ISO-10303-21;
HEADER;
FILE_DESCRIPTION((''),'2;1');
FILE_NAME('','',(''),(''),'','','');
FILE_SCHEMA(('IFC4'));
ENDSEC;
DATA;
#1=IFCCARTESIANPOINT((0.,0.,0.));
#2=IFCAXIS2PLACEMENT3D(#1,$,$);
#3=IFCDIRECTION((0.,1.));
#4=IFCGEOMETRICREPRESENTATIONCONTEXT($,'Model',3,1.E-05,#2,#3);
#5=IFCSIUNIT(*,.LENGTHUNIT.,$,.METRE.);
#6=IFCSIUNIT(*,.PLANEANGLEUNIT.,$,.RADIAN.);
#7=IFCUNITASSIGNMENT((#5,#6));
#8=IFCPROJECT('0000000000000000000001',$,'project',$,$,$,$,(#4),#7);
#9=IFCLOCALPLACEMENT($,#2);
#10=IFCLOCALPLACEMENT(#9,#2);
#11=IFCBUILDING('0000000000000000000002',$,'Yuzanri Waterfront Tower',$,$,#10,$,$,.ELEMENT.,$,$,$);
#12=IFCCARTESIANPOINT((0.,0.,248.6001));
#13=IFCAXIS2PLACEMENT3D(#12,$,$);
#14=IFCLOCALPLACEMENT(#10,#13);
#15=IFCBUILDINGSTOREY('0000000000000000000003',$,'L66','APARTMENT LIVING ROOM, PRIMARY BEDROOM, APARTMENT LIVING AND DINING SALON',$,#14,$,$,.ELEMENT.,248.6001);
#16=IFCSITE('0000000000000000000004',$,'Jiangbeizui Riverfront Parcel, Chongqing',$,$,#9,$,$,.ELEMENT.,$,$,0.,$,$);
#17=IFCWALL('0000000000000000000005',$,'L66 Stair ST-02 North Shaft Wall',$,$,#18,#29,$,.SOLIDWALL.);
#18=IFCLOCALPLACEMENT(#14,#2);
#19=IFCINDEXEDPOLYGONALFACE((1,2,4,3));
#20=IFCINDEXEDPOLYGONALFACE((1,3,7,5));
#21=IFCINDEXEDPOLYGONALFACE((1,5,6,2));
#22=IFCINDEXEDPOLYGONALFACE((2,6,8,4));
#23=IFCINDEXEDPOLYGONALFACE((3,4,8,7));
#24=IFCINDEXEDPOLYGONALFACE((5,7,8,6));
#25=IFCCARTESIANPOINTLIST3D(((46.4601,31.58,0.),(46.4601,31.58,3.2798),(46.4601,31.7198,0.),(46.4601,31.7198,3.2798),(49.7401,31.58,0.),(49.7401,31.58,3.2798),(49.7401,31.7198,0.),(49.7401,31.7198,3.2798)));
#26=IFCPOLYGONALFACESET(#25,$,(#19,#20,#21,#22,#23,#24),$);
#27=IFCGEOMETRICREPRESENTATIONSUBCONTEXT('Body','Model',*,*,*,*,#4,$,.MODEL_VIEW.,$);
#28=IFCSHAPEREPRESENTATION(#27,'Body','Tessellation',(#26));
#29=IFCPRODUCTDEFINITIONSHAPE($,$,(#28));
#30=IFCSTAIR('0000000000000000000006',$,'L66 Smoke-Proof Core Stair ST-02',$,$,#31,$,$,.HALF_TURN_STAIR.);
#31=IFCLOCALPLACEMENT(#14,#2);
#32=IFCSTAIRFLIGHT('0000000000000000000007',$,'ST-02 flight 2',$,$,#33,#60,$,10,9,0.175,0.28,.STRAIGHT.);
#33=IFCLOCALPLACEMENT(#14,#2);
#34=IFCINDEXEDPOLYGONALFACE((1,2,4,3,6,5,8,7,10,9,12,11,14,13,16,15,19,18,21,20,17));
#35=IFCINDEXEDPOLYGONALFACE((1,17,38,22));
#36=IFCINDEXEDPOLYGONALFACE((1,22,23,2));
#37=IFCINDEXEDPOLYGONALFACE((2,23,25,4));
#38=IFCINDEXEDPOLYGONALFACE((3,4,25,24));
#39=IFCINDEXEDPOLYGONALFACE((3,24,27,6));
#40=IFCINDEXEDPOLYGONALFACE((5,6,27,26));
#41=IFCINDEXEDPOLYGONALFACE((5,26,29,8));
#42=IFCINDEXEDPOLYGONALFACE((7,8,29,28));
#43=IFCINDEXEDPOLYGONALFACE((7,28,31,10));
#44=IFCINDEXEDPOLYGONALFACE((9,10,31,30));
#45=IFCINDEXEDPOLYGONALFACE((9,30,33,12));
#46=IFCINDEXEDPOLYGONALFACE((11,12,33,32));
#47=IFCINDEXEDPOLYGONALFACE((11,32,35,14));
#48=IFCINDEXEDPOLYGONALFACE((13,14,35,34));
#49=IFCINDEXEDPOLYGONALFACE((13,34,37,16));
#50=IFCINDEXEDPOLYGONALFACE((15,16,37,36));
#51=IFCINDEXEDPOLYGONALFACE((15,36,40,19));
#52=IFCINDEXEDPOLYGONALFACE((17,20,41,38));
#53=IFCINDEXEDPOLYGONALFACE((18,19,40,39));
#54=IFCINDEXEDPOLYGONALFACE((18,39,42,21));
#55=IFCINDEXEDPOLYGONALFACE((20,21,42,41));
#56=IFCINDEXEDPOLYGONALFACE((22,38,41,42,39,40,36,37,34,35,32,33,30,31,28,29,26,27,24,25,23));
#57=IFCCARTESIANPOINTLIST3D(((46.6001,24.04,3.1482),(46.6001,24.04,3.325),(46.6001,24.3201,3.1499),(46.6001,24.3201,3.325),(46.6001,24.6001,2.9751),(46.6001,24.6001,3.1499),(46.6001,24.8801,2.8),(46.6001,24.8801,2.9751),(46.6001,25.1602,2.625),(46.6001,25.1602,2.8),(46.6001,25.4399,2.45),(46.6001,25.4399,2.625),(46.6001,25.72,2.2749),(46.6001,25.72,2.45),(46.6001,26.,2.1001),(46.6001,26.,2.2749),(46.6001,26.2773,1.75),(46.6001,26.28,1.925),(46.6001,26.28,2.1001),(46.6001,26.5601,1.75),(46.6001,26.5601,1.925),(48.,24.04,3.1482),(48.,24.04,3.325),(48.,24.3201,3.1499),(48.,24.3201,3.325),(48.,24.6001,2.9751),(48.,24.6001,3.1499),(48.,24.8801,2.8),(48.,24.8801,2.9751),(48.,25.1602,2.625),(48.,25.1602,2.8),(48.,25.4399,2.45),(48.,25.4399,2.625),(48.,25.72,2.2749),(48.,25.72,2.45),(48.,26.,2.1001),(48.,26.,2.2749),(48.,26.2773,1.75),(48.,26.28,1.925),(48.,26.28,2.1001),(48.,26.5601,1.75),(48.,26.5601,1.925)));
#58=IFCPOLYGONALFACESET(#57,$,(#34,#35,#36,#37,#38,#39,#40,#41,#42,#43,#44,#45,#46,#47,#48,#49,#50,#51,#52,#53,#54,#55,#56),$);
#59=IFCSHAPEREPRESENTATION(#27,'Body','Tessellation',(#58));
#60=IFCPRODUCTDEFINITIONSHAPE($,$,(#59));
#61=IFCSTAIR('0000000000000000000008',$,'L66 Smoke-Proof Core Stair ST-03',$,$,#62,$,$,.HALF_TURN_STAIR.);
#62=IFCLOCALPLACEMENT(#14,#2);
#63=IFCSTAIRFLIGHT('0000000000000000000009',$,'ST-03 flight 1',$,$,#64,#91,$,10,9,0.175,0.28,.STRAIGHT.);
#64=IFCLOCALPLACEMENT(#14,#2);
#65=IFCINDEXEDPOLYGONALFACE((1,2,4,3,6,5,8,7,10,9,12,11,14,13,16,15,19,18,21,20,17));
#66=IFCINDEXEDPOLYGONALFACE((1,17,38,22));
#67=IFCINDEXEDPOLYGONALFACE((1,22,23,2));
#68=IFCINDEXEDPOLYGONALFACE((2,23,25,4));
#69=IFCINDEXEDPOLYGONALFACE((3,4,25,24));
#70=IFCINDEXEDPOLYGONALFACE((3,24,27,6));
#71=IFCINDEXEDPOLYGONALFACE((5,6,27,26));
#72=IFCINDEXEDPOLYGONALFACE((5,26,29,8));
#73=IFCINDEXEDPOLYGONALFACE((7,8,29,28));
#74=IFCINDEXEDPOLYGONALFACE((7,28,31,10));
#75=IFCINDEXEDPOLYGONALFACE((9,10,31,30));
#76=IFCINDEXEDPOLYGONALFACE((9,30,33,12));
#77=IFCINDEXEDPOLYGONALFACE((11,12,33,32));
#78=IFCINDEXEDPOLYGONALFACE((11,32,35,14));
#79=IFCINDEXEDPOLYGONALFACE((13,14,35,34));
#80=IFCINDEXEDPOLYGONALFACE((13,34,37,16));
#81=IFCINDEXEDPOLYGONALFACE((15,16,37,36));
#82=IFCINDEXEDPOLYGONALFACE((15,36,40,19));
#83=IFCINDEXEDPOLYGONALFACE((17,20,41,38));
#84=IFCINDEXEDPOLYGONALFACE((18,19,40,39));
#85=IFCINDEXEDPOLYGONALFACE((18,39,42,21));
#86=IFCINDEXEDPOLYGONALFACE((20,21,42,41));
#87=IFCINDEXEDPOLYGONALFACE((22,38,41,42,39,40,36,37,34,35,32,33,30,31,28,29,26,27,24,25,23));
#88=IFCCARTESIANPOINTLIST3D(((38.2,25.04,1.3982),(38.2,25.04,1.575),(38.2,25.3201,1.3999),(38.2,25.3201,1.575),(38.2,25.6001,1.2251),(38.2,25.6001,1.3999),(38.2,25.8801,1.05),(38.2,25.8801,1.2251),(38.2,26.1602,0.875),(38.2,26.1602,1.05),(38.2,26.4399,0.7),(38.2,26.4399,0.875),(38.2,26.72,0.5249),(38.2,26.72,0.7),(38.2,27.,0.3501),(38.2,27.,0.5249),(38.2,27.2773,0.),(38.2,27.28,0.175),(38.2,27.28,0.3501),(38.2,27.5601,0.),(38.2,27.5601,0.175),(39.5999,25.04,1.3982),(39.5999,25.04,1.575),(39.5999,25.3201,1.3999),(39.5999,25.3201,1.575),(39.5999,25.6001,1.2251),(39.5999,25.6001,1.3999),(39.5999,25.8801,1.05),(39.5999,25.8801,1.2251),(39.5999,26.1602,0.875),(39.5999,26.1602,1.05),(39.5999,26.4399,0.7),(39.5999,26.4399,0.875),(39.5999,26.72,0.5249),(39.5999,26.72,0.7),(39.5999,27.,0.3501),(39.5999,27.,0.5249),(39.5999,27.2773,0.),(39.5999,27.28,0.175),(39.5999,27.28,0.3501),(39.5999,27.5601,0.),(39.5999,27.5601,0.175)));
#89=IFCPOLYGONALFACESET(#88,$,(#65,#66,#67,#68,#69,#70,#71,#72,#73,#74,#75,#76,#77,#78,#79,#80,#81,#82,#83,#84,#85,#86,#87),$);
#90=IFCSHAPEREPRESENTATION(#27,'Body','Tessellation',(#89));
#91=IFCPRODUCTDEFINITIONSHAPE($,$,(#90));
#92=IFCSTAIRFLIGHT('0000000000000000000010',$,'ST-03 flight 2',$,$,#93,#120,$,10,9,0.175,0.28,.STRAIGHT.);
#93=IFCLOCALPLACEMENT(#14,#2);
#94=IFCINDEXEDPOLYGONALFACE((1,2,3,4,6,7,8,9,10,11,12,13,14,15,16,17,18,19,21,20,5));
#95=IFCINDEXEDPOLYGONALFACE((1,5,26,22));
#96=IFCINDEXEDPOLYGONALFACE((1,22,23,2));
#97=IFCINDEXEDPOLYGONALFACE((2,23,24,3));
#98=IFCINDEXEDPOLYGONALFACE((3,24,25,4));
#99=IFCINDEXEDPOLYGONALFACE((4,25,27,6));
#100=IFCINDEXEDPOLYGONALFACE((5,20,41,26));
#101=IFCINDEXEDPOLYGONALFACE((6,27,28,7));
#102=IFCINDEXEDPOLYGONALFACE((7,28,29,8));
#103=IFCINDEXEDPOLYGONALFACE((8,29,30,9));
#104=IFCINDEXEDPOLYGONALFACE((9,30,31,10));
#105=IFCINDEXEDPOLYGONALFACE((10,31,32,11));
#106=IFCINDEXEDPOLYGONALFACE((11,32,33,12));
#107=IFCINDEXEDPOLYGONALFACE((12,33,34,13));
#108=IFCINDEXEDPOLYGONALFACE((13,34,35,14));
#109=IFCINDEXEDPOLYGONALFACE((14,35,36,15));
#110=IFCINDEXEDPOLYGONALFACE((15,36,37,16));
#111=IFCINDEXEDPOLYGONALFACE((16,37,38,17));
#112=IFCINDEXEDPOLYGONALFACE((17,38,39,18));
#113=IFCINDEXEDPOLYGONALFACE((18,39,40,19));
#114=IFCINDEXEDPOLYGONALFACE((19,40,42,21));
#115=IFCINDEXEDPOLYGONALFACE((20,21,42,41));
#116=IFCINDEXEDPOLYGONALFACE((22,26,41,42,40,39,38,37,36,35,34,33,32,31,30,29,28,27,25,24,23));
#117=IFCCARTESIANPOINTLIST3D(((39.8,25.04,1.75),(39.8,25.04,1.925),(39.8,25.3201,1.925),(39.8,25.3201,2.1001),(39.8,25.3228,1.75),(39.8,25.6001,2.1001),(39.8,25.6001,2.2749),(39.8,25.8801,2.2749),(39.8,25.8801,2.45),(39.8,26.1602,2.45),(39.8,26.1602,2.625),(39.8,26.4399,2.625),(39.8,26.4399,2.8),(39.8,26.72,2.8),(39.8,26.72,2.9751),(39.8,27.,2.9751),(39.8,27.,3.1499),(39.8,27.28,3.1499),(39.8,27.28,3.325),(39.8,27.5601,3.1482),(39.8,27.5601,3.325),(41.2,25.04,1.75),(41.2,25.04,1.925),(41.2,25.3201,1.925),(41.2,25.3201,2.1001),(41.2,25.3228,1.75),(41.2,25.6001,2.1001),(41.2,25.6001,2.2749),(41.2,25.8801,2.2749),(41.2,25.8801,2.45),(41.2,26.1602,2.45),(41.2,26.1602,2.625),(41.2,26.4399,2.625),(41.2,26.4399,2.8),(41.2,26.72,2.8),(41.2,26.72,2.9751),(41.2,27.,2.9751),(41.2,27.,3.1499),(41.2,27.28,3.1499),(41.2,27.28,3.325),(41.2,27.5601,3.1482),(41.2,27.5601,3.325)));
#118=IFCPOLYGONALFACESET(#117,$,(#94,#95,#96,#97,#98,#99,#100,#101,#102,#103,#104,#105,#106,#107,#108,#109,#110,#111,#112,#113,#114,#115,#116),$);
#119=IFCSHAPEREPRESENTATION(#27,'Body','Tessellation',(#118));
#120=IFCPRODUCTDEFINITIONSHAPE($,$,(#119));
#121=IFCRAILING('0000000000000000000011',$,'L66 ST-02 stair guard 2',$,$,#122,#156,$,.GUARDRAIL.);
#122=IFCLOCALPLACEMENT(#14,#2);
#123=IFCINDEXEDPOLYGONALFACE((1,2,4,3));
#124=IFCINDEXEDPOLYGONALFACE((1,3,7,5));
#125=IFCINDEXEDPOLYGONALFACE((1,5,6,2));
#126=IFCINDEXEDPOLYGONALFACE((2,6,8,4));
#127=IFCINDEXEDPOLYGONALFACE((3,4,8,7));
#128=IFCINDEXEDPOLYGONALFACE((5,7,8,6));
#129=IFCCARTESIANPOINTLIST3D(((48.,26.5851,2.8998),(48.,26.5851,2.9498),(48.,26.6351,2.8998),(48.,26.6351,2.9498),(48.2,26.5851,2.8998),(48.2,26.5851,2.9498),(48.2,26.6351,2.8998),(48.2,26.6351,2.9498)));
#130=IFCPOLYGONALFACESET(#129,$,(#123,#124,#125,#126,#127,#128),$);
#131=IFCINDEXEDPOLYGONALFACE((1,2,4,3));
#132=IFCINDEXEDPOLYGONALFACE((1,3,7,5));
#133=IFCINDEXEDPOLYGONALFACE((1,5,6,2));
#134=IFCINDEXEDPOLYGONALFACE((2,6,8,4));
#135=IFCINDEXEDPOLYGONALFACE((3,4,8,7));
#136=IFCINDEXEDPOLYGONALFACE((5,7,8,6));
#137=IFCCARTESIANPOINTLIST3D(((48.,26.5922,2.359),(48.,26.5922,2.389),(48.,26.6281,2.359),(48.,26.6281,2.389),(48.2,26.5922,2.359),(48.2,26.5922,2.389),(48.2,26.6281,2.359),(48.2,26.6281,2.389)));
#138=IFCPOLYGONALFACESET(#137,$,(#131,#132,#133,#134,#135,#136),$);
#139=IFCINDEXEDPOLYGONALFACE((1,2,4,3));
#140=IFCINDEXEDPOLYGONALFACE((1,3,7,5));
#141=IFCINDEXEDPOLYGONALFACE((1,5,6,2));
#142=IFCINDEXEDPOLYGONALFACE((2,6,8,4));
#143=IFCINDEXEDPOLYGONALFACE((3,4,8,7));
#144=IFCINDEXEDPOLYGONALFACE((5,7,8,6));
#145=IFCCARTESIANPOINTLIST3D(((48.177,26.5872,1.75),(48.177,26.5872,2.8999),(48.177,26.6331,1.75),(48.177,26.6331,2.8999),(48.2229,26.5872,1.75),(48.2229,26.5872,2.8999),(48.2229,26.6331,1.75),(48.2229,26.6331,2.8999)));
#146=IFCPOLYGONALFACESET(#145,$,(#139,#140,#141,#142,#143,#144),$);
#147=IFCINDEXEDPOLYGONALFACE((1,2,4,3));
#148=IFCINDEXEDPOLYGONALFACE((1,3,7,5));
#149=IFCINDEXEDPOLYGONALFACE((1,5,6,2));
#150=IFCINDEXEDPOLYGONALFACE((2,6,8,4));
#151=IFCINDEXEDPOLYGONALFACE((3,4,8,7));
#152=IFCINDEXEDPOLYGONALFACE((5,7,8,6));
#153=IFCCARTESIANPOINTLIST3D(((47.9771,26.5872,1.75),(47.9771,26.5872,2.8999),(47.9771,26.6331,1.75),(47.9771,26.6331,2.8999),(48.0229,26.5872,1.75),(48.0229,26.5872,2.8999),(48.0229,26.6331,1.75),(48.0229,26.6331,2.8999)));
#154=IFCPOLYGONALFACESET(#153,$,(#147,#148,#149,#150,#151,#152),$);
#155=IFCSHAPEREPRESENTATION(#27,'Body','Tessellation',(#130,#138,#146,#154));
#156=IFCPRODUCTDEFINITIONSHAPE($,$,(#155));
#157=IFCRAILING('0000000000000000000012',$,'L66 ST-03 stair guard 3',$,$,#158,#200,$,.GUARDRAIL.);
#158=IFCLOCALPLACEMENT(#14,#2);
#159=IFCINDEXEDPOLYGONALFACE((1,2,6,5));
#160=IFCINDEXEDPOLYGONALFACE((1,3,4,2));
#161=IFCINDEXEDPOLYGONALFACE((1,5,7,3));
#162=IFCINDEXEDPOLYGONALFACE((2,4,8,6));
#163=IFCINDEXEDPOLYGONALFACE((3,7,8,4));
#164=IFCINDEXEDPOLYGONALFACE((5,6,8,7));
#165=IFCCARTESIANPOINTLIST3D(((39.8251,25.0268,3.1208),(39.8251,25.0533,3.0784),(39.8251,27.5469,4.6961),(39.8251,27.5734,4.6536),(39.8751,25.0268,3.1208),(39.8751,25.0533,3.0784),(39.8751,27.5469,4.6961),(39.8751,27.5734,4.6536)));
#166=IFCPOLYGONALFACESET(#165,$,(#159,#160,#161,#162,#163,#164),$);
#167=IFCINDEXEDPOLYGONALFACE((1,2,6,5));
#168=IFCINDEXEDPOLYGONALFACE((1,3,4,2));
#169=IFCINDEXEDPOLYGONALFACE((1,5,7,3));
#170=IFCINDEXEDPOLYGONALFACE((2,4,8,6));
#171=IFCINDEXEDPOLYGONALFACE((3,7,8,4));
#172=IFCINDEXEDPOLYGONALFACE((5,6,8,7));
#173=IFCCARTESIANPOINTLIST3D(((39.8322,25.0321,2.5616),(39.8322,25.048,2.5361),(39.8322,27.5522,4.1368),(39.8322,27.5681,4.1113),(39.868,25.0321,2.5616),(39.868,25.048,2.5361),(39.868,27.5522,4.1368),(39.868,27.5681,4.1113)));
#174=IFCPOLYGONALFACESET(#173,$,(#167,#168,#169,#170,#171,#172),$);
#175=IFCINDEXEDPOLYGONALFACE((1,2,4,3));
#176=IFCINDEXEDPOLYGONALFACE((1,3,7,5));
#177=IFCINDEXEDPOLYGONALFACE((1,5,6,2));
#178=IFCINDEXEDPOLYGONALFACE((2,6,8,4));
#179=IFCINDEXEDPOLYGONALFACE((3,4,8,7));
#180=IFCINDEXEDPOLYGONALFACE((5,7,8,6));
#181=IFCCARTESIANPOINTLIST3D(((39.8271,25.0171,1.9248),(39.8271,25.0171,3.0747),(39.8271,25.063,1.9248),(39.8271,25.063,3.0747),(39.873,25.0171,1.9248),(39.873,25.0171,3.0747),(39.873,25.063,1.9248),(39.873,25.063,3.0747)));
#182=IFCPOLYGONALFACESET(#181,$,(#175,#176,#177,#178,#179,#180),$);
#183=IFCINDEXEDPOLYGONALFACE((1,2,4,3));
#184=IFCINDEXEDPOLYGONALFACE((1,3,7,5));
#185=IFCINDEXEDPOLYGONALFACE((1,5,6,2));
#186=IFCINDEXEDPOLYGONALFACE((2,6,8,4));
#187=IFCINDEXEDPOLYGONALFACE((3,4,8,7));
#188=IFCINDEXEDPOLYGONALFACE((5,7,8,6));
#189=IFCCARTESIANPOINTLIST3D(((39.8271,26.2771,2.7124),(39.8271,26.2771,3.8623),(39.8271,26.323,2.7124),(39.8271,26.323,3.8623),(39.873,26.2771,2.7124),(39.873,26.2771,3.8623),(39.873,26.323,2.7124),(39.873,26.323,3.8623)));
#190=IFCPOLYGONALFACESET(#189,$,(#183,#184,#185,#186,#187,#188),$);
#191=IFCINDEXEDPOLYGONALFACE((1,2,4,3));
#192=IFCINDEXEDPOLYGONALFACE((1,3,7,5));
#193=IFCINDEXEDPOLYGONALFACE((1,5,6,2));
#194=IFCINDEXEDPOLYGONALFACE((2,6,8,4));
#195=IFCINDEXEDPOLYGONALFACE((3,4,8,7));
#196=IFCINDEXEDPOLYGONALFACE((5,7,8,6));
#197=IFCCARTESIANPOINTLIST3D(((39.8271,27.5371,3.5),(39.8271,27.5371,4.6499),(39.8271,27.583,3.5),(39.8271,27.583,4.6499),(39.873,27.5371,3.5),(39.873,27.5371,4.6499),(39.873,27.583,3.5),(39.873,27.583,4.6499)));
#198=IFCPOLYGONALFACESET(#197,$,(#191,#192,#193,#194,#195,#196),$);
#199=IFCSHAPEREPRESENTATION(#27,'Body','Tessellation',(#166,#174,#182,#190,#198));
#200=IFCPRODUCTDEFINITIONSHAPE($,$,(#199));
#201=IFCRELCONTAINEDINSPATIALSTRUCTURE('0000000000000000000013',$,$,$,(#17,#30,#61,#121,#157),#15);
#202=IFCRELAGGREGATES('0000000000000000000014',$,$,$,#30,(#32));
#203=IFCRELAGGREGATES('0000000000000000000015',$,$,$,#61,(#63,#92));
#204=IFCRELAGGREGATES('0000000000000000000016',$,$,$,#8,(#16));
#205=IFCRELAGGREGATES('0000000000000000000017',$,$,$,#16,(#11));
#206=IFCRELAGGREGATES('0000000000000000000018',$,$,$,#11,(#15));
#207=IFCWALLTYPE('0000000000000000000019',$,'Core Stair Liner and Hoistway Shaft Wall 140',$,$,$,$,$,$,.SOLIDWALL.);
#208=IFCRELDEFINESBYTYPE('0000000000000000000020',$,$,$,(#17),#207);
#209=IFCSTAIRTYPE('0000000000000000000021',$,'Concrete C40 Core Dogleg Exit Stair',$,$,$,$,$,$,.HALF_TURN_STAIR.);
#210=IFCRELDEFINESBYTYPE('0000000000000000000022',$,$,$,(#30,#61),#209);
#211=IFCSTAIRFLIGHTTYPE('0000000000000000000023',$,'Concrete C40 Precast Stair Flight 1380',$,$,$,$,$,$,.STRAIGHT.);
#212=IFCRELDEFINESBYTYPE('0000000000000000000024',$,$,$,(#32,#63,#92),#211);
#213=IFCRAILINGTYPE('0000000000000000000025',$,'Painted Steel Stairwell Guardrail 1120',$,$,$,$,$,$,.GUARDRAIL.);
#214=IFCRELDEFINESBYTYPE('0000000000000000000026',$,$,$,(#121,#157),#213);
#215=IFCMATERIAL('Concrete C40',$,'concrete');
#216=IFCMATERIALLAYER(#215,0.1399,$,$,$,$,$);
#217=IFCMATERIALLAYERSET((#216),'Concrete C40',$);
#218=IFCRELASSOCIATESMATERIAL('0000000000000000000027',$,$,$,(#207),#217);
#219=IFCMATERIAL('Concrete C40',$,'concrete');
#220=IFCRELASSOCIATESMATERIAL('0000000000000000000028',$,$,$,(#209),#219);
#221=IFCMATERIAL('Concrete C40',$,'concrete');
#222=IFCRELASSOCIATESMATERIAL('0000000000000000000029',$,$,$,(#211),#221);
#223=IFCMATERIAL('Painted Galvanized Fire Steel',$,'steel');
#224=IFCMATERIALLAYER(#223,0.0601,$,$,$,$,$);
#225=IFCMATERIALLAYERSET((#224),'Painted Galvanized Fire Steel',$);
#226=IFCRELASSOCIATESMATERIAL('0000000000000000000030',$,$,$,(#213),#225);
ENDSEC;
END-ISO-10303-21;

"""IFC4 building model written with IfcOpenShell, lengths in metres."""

from ifc_helpers import new_model, si_unit, direction, frame, frame_2d, origin, origin_2d, place, context, subcontext, project, spatial, polyline, rectangle, outline, extrude, source, transform, mapped, material, layer, layer_set, type_object, element, aggregate, save


model = new_model("IFC4")

# Units and contexts
model_context = context("Model", 3, precision=1e-05, world=origin(), true_north=direction((0.0, 1.0)))
body_context = subcontext(model_context, "Body", "Model", "MODEL_VIEW")
ifc_project = project(units=[si_unit("LENGTHUNIT", "METRE"), si_unit("PLANEANGLEUNIT", "RADIAN")], contexts=[model_context])

# Site, building, storey
site_placement = place(None, origin())
site = spatial("IfcSite", under=ifc_project, at=site_placement, Name="Jiangbeizui Riverfront Parcel, Chongqing", CompositionType="ELEMENT", RefElevation=0.0)
building_placement = place(site_placement, origin())
building = spatial("IfcBuilding", under=site, at=building_placement, Name="Yuzanri Waterfront Tower", CompositionType="ELEMENT")
storey_placement = place(building_placement, frame((0.0, 0.0, 248.6001)))
storey = spatial("IfcBuildingStorey", under=building, at=storey_placement, Name="L66", Description="APARTMENT LIVING ROOM, PRIMARY BEDROOM, APARTMENT LIVING AND DINING SALON", CompositionType="ELEMENT", Elevation=248.6001)

# Shared definitions
ifc_material_1 = material(Name="Concrete C40", Category="concrete")
ifc_layer_1 = layer(ifc_material_1, 0.1399)
ifc_layer_set_1 = layer_set([ifc_layer_1], Name="Concrete C40")
wall_type_1 = type_object("IfcWallType", Name="Core Stair Liner and Hoistway Shaft Wall 140", PredefinedType="SOLIDWALL", material=ifc_layer_set_1)

# Wall
shared_shape_1 = source(origin(), body_context, "Body", "SweptSolid", [
    extrude(rectangle(XDim=3.28, YDim=0.1399, at=frame_2d((1.6401, 0.0))), origin(), (0.0, 0.0, 1.0), 3.2798),
])
wall_1_placement = place(storey_placement, frame((46.46, 31.6499, 0.0), z_axis=(0.0, 0.0, 1.0), x_axis=(1.0, 0.0, 0.0)))
element("IfcWall", 1, at=wall_1_placement, inside=storey, type_object=wall_type_1, Name="L66 Stair ST-02 North Shaft Wall", PredefinedType="SOLIDWALL", context=body_context, shape_type="MappedRepresentation", body=[
    mapped(shared_shape_1, transform((0.0, 0.0, 0.0), scale=1.0)),
])

# Stair, stair flight
ifc_material_2 = material(Name="Concrete C40", Category="concrete")
stair_type = type_object("IfcStairType", Name="Concrete C40 Core Dogleg Exit Stair", PredefinedType="HALF_TURN_STAIR", material=ifc_material_2)
stair_1_placement = place(storey_placement, origin())
stair_1 = element("IfcStair", 2, at=stair_1_placement, inside=storey, type_object=stair_type, Name="L66 Smoke-Proof Core Stair ST-02", PredefinedType="HALF_TURN_STAIR")
ifc_material_3 = material(Name="Concrete C40", Category="concrete")
stair_flight_type = type_object("IfcStairFlightType", Name="Concrete C40 Precast Stair Flight 1380", PredefinedType="STRAIGHT", material=ifc_material_3)
shared_shape_2 = source(origin(), body_context, "Body", "SweptSolid", [
    extrude(outline(polyline([(0.0, 0.0), (0.0, 0.175), (0.28, 0.175), (0.28, 0.3501), (0.5601, 0.3501), (0.5601, 0.5249), (0.8401, 0.5249), (0.8401, 0.7), (1.1201, 0.7), (1.1201, 0.875), (1.3999, 0.875), (1.3999, 1.05), (1.6799, 1.05), (1.6799, 1.2251), (1.96, 1.2251), (1.96, 1.3999), (2.24, 1.3999), (2.24, 1.575), (2.52, 1.575), (2.52, 1.75), (2.52, 1.3982), (0.2827, 0.0), (0.0, 0.0)])), frame((0.0, 0.7, 0.0), z_axis=(0.0, -1.0, 0.0), x_axis=(1.0, 0.0, 0.0)), (0.0, 0.0, 1.0), 1.3999),
])
stair_flight_1_placement = place(storey_placement, frame((47.3, 26.5601, 1.75), z_axis=(0.0, 0.0, 1.0), x_axis=(0.0, -1.0, 0.0)))
stair_flight_1 = element("IfcStairFlight", 3, at=stair_flight_1_placement, type_object=stair_flight_type, Name="ST-02 flight 2", NumberOfRisers=10, NumberOfTreads=9, PredefinedType="STRAIGHT", RiserHeight=0.175, TreadLength=0.28, context=body_context, shape_type="MappedRepresentation", body=[
    mapped(shared_shape_2, transform((0.0, 0.0, 0.0), scale=1.0)),
])
aggregate(stair_1, [stair_flight_1])

# Stair, stair flights
stair_2_placement = place(storey_placement, origin())
stair_2 = element("IfcStair", 4, at=stair_2_placement, inside=storey, type_object=stair_type, Name="L66 Smoke-Proof Core Stair ST-03", PredefinedType="HALF_TURN_STAIR")
stair_flight_2_placement = place(storey_placement, frame((38.8999, 27.5601, 0.0), z_axis=(0.0, 0.0, 1.0), x_axis=(0.0, -1.0, 0.0)))
stair_flight_2 = element("IfcStairFlight", 5, at=stair_flight_2_placement, type_object=stair_flight_type, Name="ST-03 flight 1", NumberOfRisers=10, NumberOfTreads=9, PredefinedType="STRAIGHT", RiserHeight=0.175, TreadLength=0.28, context=body_context, shape_type="MappedRepresentation", body=[
    mapped(shared_shape_2, transform((0.0, 0.0, 0.0), scale=1.0)),
])
stair_flight_3_placement = place(storey_placement, frame((40.5, 25.04, 1.75), z_axis=(0.0, 0.0, 1.0), x_axis=(0.0, 1.0, 0.0)))
stair_flight_3 = element("IfcStairFlight", 6, at=stair_flight_3_placement, type_object=stair_flight_type, Name="ST-03 flight 2", NumberOfRisers=10, NumberOfTreads=9, PredefinedType="STRAIGHT", RiserHeight=0.175, TreadLength=0.28, context=body_context, shape_type="MappedRepresentation", body=[
    mapped(shared_shape_2, transform((0.0, 0.0, 0.0), scale=1.0)),
])
aggregate(stair_2, [stair_flight_2, stair_flight_3])

# Railings
ifc_material_4 = material(Name="Painted Galvanized Fire Steel", Category="steel")
ifc_layer_2 = layer(ifc_material_4, 0.0601)
ifc_layer_set_2 = layer_set([ifc_layer_2], Name="Painted Galvanized Fire Steel")
railing_type_1 = type_object("IfcRailingType", Name="Painted Steel Stairwell Guardrail 1120", PredefinedType="GUARDRAIL", material=ifc_layer_set_2)
shared_shape_3 = source(origin(), body_context, "Body", "SweptSolid", [
    extrude(rectangle(XDim=0.05, YDim=0.05, at=origin_2d()), frame((0.0, 0.0, 1.1748), z_axis=(-1.0, 0.0, 0.0), x_axis=(0.0, -1.0, 0.0)), (0.0, 0.0, 1.0), 0.2),
    extrude(rectangle(XDim=0.0359, YDim=0.03, at=origin_2d()), frame((0.0, 0.0, 0.624), z_axis=(-1.0, 0.0, 0.0), x_axis=(0.0, -1.0, 0.0)), (0.0, 0.0, 1.0), 0.2),
    extrude(rectangle(XDim=0.0459, YDim=0.0459, at=origin_2d()), origin(), (0.0, 0.0, 1.0), 1.1499),
    extrude(rectangle(XDim=0.0459, YDim=0.0459, at=origin_2d()), frame((-0.2, 0.0, 0.0)), (0.0, 0.0, 1.0), 1.1499),
])
railing_1_placement = place(storey_placement, frame((48.2, 26.6101, 1.75)))
element("IfcRailing", 7, at=railing_1_placement, inside=storey, type_object=railing_type_1, Name="L66 ST-02 stair guard 2", PredefinedType="GUARDRAIL", context=body_context, shape_type="MappedRepresentation", body=[
    mapped(shared_shape_3, transform((0.0, 0.0, 0.0), scale=1.0)),
])
shared_shape_4 = source(origin(), body_context, "Body", "SweptSolid", [
    extrude(rectangle(XDim=0.05, YDim=0.05, at=origin_2d()), frame((0.0, 0.0, 1.1748), z_axis=(0.0, 0.847971, 0.530043), x_axis=(-1.0, 0.0, 0.0)), (0.0, 0.0, 1.0), 2.9719),
    extrude(rectangle(XDim=0.0359, YDim=0.03, at=origin_2d()), frame((0.0, 0.0, 0.624), z_axis=(0.0, 0.847971, 0.530043), x_axis=(-1.0, 0.0, 0.0)), (0.0, 0.0, 1.0), 2.9719),
    extrude(rectangle(XDim=0.0459, YDim=0.0459, at=origin_2d()), origin(), (0.0, 0.0, 1.0), 1.1499),
    extrude(rectangle(XDim=0.0459, YDim=0.0459, at=origin_2d()), frame((0.0, 1.26, 0.7876)), (0.0, 0.0, 1.0), 1.1499),
    extrude(rectangle(XDim=0.0459, YDim=0.0459, at=origin_2d()), frame((0.0, 2.52, 1.5752)), (0.0, 0.0, 1.0), 1.1499),
])
railing_2_placement = place(storey_placement, frame((39.8501, 25.04, 1.9248)))
element("IfcRailing", 8, at=railing_2_placement, inside=storey, type_object=railing_type_1, Name="L66 ST-03 stair guard 3", PredefinedType="GUARDRAIL", context=body_context, shape_type="MappedRepresentation", body=[
    mapped(shared_shape_4, transform((0.0, 0.0, 0.0), scale=1.0)),
])

save(model, "model.ifc")
